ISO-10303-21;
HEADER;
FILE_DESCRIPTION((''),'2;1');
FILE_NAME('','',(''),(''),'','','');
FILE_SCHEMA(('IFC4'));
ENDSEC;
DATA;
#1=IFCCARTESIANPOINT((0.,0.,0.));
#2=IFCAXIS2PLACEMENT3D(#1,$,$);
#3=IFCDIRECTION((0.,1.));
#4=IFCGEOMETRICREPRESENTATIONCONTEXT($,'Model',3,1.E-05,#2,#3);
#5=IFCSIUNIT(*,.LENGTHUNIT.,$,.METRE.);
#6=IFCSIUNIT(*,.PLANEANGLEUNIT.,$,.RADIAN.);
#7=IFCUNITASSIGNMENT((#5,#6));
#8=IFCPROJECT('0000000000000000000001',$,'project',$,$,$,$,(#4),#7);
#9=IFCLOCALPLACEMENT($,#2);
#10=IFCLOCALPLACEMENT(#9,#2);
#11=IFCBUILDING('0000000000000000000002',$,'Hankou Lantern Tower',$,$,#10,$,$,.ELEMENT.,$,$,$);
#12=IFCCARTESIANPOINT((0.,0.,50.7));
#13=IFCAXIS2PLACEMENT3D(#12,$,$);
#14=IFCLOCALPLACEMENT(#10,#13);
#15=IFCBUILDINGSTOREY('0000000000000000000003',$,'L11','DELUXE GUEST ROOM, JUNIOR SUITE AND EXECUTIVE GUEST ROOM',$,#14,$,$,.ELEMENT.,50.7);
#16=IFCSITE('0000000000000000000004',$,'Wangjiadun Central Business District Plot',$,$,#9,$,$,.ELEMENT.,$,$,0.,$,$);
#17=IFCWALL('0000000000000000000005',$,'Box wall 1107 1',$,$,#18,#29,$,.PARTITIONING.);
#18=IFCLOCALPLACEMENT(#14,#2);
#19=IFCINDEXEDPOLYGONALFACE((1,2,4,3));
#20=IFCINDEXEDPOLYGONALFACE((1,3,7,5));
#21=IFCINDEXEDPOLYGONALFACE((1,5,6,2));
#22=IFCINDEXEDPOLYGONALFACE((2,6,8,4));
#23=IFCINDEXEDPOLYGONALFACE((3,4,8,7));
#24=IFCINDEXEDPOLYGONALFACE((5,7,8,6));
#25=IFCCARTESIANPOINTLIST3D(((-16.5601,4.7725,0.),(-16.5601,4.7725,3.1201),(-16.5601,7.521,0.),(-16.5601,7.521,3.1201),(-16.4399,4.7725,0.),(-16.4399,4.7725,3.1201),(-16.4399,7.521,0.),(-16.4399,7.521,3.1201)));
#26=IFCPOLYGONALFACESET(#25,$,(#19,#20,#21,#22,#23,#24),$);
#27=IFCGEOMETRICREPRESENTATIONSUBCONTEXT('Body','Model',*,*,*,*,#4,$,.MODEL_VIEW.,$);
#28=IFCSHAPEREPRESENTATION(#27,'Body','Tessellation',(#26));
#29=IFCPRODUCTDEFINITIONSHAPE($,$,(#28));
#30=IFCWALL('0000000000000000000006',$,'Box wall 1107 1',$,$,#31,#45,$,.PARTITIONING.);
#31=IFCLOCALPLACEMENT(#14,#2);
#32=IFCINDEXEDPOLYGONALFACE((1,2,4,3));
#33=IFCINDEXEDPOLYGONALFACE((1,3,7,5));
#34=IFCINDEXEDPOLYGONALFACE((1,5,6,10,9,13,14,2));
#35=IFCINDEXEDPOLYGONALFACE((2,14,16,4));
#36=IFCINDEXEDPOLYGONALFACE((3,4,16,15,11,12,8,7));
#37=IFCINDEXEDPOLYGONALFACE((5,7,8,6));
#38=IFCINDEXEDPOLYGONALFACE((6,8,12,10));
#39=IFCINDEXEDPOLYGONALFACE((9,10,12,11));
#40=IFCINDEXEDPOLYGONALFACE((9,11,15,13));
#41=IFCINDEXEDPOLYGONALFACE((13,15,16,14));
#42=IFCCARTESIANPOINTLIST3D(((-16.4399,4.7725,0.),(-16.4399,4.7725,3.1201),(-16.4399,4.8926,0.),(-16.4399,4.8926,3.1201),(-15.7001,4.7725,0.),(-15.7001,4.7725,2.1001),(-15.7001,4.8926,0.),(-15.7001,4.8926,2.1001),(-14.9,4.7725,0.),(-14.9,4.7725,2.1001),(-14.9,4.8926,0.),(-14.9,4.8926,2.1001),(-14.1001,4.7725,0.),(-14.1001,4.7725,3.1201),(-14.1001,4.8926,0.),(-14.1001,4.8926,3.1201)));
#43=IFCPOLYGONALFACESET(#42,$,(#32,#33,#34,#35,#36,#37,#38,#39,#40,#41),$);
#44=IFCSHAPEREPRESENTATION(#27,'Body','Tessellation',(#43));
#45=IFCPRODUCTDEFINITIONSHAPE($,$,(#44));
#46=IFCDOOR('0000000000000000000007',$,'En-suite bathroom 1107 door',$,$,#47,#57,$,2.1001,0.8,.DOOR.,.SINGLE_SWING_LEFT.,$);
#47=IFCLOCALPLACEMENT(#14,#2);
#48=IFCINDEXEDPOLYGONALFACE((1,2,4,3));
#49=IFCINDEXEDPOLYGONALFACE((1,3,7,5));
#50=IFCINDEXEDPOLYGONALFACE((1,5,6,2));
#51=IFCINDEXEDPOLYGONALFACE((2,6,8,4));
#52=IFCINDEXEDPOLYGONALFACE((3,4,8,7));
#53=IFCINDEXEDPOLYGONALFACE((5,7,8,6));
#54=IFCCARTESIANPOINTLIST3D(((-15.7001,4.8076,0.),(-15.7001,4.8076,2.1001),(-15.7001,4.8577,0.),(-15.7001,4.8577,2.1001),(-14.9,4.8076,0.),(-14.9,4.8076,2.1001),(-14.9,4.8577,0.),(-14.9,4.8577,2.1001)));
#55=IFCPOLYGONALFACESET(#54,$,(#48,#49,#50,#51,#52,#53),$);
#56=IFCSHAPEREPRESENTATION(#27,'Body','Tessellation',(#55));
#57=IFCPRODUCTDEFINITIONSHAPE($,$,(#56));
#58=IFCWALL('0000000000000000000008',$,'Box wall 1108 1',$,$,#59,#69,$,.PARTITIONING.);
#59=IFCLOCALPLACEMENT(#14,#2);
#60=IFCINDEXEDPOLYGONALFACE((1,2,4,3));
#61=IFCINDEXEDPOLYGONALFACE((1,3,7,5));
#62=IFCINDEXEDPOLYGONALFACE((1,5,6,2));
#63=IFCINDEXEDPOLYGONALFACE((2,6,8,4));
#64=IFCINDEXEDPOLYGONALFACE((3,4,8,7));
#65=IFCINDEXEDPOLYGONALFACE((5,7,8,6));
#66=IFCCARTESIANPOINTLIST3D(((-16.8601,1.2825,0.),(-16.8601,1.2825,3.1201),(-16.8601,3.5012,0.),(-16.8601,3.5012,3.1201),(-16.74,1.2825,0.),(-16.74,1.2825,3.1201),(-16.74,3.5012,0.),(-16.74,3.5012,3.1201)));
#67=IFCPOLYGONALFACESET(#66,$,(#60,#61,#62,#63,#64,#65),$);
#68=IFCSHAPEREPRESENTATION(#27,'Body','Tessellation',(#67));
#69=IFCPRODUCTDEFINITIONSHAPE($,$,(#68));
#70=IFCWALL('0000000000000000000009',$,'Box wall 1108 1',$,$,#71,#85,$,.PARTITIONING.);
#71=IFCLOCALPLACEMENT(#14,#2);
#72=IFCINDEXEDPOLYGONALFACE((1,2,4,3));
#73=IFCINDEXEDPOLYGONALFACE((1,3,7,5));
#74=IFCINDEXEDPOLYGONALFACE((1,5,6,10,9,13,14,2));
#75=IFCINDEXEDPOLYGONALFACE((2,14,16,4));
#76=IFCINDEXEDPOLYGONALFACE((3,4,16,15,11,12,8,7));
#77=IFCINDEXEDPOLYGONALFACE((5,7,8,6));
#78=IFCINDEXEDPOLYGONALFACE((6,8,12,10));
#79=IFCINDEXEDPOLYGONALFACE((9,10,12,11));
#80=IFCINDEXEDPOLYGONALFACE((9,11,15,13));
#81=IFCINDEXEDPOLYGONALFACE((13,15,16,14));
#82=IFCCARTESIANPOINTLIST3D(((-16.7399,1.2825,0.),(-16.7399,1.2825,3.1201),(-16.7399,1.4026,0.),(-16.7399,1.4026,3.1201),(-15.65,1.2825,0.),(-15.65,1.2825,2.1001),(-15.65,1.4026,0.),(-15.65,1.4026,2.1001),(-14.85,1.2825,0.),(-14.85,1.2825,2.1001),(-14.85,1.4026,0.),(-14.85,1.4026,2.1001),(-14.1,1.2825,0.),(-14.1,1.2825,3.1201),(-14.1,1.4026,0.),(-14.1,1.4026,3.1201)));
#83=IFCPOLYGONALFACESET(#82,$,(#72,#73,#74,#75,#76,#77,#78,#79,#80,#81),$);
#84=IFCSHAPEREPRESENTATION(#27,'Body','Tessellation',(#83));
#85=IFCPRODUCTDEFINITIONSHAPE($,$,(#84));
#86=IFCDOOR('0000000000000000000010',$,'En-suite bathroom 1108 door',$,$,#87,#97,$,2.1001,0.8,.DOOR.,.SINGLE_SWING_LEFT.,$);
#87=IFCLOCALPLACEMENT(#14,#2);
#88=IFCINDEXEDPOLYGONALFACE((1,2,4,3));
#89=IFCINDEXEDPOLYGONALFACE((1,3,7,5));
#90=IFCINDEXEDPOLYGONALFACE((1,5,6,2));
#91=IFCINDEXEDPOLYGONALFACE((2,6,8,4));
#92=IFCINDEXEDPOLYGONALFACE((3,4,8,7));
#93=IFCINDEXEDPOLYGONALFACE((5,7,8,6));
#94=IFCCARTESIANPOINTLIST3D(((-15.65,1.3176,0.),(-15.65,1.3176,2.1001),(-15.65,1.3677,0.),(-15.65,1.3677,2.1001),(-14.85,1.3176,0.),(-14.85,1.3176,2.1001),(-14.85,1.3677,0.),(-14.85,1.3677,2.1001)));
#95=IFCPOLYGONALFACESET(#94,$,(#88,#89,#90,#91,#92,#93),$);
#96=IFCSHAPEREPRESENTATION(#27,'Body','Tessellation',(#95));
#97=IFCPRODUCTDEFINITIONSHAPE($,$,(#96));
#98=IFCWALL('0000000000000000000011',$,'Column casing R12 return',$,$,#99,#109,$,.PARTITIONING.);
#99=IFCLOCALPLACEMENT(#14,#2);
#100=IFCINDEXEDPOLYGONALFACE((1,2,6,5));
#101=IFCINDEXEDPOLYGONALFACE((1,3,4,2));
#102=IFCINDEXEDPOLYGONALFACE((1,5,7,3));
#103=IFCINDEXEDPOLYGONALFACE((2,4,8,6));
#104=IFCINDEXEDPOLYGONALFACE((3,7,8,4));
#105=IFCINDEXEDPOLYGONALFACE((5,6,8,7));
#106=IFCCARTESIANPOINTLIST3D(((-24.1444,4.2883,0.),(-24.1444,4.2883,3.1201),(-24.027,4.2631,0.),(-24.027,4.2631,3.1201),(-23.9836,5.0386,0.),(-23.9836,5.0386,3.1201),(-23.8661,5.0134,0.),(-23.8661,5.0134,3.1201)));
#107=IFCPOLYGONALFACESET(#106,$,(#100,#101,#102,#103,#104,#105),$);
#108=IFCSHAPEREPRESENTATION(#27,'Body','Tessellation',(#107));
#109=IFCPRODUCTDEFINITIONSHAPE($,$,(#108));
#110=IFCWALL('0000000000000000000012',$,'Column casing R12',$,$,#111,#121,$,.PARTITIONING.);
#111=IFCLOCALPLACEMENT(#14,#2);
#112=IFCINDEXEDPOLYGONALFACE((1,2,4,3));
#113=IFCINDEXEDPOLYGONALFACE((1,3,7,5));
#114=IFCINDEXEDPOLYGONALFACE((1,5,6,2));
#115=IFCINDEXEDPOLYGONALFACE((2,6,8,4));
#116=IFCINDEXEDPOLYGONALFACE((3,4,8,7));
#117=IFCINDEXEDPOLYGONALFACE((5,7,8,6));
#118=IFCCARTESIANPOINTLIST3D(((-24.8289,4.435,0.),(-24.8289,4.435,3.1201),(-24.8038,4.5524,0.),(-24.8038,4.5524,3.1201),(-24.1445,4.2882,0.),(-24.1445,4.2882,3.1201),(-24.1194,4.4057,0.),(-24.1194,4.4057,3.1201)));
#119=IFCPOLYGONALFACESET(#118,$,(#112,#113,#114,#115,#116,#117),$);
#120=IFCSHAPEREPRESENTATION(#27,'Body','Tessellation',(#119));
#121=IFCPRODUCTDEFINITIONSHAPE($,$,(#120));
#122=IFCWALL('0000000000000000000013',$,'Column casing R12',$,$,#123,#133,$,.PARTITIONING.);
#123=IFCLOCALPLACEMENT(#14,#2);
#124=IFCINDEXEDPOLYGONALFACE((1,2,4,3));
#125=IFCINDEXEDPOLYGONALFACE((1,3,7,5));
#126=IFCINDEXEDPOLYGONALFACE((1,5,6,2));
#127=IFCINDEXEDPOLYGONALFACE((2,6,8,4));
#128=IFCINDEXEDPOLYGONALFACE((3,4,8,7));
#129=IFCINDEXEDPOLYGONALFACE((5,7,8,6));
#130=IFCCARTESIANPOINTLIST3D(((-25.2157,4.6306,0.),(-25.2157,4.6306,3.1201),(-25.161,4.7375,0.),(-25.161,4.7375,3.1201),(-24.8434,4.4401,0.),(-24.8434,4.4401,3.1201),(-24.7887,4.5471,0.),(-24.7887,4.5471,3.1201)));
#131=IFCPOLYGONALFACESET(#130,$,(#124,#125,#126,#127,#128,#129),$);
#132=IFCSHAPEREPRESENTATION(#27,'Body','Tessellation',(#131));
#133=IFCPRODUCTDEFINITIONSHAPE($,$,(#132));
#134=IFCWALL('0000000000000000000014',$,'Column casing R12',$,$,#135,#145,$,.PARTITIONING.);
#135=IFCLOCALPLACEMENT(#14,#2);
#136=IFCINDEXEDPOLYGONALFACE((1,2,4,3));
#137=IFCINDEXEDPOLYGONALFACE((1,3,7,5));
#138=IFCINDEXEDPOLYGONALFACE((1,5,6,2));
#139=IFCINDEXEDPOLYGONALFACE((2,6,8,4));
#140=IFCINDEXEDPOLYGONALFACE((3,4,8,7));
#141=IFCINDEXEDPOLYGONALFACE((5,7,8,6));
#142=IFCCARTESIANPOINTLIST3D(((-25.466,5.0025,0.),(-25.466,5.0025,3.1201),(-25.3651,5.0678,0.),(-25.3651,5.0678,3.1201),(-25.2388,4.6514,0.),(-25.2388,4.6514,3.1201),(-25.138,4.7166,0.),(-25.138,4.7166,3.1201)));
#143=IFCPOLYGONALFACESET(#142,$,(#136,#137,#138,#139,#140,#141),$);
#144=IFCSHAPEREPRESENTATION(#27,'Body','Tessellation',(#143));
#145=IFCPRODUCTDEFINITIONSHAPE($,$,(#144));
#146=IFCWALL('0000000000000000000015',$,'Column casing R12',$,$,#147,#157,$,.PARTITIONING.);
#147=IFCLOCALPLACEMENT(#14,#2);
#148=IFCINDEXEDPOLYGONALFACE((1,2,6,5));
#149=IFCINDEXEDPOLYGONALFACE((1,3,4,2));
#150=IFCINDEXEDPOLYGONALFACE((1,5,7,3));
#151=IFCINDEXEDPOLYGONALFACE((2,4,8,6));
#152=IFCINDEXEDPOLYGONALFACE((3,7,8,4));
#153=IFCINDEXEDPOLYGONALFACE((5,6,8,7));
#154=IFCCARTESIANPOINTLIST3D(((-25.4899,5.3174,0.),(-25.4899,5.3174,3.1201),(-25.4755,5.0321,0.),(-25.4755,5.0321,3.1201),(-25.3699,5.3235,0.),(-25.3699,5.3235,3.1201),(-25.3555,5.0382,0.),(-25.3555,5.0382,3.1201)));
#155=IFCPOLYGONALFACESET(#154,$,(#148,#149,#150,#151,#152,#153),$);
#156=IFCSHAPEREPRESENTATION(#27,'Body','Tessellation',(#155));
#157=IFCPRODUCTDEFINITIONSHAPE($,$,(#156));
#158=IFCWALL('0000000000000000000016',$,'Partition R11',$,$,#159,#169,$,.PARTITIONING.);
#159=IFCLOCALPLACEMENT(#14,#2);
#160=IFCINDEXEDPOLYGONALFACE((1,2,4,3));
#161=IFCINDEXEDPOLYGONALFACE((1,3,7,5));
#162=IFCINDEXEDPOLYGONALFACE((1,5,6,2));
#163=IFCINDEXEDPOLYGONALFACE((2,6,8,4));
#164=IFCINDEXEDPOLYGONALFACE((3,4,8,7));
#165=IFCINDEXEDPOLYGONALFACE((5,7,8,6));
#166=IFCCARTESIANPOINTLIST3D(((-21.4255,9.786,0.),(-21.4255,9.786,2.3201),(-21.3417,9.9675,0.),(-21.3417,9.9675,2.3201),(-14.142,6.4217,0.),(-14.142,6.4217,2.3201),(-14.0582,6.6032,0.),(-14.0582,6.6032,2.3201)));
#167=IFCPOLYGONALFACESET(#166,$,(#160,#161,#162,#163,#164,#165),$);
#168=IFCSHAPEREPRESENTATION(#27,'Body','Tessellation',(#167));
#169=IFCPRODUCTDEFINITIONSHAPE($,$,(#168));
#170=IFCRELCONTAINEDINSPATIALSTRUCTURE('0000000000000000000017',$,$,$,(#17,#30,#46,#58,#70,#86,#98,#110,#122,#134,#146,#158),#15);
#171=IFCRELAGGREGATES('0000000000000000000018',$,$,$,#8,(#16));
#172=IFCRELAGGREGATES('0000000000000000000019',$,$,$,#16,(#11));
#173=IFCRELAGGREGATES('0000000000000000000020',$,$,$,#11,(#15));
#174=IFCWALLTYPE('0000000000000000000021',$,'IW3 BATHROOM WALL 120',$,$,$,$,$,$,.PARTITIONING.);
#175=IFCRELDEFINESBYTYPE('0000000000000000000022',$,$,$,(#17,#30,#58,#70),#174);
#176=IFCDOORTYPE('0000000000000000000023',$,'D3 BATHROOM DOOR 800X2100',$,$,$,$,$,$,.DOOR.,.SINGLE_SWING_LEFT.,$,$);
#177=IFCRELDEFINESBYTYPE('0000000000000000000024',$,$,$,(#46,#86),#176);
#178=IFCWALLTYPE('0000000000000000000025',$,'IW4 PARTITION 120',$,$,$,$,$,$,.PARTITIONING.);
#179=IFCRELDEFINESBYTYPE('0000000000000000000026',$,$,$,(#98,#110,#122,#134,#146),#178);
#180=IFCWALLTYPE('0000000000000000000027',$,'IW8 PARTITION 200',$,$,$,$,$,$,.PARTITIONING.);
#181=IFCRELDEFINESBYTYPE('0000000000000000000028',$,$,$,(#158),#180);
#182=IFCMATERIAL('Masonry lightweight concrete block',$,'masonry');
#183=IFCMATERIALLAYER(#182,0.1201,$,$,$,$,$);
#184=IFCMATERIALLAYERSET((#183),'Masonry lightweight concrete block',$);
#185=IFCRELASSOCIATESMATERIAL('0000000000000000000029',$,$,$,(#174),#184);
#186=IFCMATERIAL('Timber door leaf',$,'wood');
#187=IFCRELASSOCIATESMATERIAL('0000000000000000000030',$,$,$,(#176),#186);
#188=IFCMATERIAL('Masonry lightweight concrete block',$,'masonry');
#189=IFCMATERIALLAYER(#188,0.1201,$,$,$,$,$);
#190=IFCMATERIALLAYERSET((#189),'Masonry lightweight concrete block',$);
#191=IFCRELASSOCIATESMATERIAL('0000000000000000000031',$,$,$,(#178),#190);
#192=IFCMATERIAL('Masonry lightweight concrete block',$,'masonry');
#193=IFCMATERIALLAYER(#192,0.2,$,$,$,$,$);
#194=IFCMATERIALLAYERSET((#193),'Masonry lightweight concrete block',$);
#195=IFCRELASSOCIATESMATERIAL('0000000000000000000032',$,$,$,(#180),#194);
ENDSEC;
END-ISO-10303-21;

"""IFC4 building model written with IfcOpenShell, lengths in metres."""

from ifc_helpers import new_model, si_unit, direction, frame, frame_2d, origin, place, context, subcontext, project, spatial, rectangle, extrude, material, layer, layer_set, type_object, element, fill, save


model = new_model("IFC4")

# Units and contexts
model_context = context("Model", 3, precision=1e-05, world=origin(), true_north=direction((0.0, 1.0)))
body_context = subcontext(model_context, "Body", "Model", "MODEL_VIEW")
ifc_project = project(units=[si_unit("LENGTHUNIT", "METRE"), si_unit("PLANEANGLEUNIT", "RADIAN")], contexts=[model_context])

# Site, building, storey
site_placement = place(None, origin())
site = spatial("IfcSite", under=ifc_project, at=site_placement, Name="Wangjiadun Central Business District Plot", CompositionType="ELEMENT", RefElevation=0.0)
building_placement = place(site_placement, origin())
building = spatial("IfcBuilding", under=site, at=building_placement, Name="Hankou Lantern Tower", CompositionType="ELEMENT")
storey_placement = place(building_placement, frame((0.0, 0.0, 50.7)))
storey = spatial("IfcBuildingStorey", under=building, at=storey_placement, Name="L11", Description="DELUXE GUEST ROOM, JUNIOR SUITE AND EXECUTIVE GUEST ROOM", CompositionType="ELEMENT", Elevation=50.7)

# Wall
ifc_material_1 = material(Name="Masonry lightweight concrete block", Category="masonry")
ifc_layer_1 = layer(ifc_material_1, 0.1201)
ifc_layer_set_1 = layer_set([ifc_layer_1], Name="Masonry lightweight concrete block")
wall_type_1 = type_object("IfcWallType", Name="IW3 BATHROOM WALL 120", PredefinedType="PARTITIONING", material=ifc_layer_set_1)
wall_1_placement = place(storey_placement, frame((-16.5, 7.521, 0.0), z_axis=(0.0, 0.0, 1.0), x_axis=(0.0, -1.0, 0.0)))
element("IfcWall", 1, at=wall_1_placement, inside=storey, type_object=wall_type_1, Name="Box wall 1107 1", PredefinedType="PARTITIONING", context=body_context, shape_type="SweptSolid", body=[
    extrude(rectangle(XDim=2.7485, YDim=0.1201, at=frame_2d((1.3743, 0.0))), origin(), (0.0, 0.0, 1.0), 3.1201),
])

# Wall, opening, door
wall_2_placement = place(storey_placement, frame((-14.1001, 4.8325, 0.0), z_axis=(0.0, 0.0, 1.0), x_axis=(-1.0, 0.0, 0.0)))
wall_2 = element("IfcWall", 2, at=wall_2_placement, inside=storey, type_object=wall_type_1, Name="Box wall 1107 1", PredefinedType="PARTITIONING", context=body_context, shape_type="SweptSolid", body=[
    extrude(rectangle(XDim=2.3398, YDim=0.1201, at=frame_2d((1.1699, 0.0))), origin(), (0.0, 0.0, 1.0), 3.1201),
])
opening_1_placement = place(wall_2_placement, frame((0.8, 0.0, 0.0)))
opening_1 = element("IfcOpeningElement", 3, at=opening_1_placement, cuts=wall_2, PredefinedType="OPENING", context=body_context, shape_type="SweptSolid", body=[
    extrude(rectangle(XDim=0.8, YDim=2.1001, at=frame_2d((0.3999, 1.05))), frame((0.0, 0.0701, 0.0), z_axis=(0.0, -1.0, 0.0), x_axis=(1.0, 0.0, 0.0)), (0.0, 0.0, 1.0), 0.1401),
])
ifc_material_2 = material(Name="Timber door leaf", Category="wood")
door_type_1 = type_object("IfcDoorType", Name="D3 BATHROOM DOOR 800X2100", OperationType="SINGLE_SWING_LEFT", PredefinedType="DOOR", material=ifc_material_2)
door_1_placement = place(opening_1_placement, origin())
door_1 = element("IfcDoor", 4, at=door_1_placement, inside=storey, type_object=door_type_1, Name="En-suite bathroom 1107 door", OperationType="SINGLE_SWING_LEFT", OverallHeight=2.1001, OverallWidth=0.8, PredefinedType="DOOR", context=body_context, shape_type="SweptSolid", body=[
    extrude(rectangle(XDim=0.8, YDim=2.1001, at=frame_2d((0.3999, 1.05))), frame((0.0, 0.0249, 0.0), z_axis=(0.0, -1.0, 0.0), x_axis=(1.0, 0.0, 0.0)), (0.0, 0.0, 1.0), 0.05),
])
fill(opening_1, door_1)

# Wall
wall_3_placement = place(storey_placement, frame((-16.8, 3.5012, 0.0), z_axis=(0.0, 0.0, 1.0), x_axis=(0.0, -1.0, 0.0)))
element("IfcWall", 5, at=wall_3_placement, inside=storey, type_object=wall_type_1, Name="Box wall 1108 1", PredefinedType="PARTITIONING", context=body_context, shape_type="SweptSolid", body=[
    extrude(rectangle(XDim=2.2188, YDim=0.1201, at=frame_2d((1.1094, 0.0))), origin(), (0.0, 0.0, 1.0), 3.1201),
])

# Wall, opening, door
wall_4_placement = place(storey_placement, frame((-14.1001, 1.3425, 0.0), z_axis=(0.0, 0.0, 1.0), x_axis=(-1.0, 0.0, 0.0)))
wall_4 = element("IfcWall", 6, at=wall_4_placement, inside=storey, type_object=wall_type_1, Name="Box wall 1108 1", PredefinedType="PARTITIONING", context=body_context, shape_type="SweptSolid", body=[
    extrude(rectangle(XDim=2.6399, YDim=0.1201, at=frame_2d((1.3198, 0.0))), origin(), (0.0, 0.0, 1.0), 3.1201),
])
opening_2_placement = place(wall_4_placement, frame((0.75, 0.0, 0.0)))
opening_2 = element("IfcOpeningElement", 7, at=opening_2_placement, cuts=wall_4, PredefinedType="OPENING", context=body_context, shape_type="SweptSolid", body=[
    extrude(rectangle(XDim=0.8, YDim=2.1001, at=frame_2d((0.3999, 1.05))), frame((0.0, 0.0701, 0.0), z_axis=(0.0, -1.0, 0.0), x_axis=(1.0, 0.0, 0.0)), (0.0, 0.0, 1.0), 0.1401),
])
door_2_placement = place(opening_2_placement, origin())
door_2 = element("IfcDoor", 8, at=door_2_placement, inside=storey, type_object=door_type_1, Name="En-suite bathroom 1108 door", OperationType="SINGLE_SWING_LEFT", OverallHeight=2.1001, OverallWidth=0.8, PredefinedType="DOOR", context=body_context, shape_type="SweptSolid", body=[
    extrude(rectangle(XDim=0.8, YDim=2.1001, at=frame_2d((0.3999, 1.05))), frame((0.0, 0.0249, 0.0), z_axis=(0.0, -1.0, 0.0), x_axis=(1.0, 0.0, 0.0)), (0.0, 0.0, 1.0), 0.05),
])
fill(opening_2, door_2)

# Walls
ifc_material_3 = material(Name="Masonry lightweight concrete block", Category="masonry")
ifc_layer_2 = layer(ifc_material_3, 0.1201)
ifc_layer_set_2 = layer_set([ifc_layer_2], Name="Masonry lightweight concrete block")
wall_type_2 = type_object("IfcWallType", Name="IW4 PARTITION 120", PredefinedType="PARTITIONING", material=ifc_layer_set_2)
wall_5_placement = place(storey_placement, frame((-23.9248, 5.0261, 0.0), z_axis=(0.0, 0.0, 1.0), x_axis=(-0.209681, -0.97777, 0.0)))
element("IfcWall", 9, at=wall_5_placement, inside=storey, type_object=wall_type_2, Name="Column casing R12 return", PredefinedType="PARTITIONING", context=body_context, shape_type="SweptSolid", body=[
    extrude(rectangle(XDim=0.7673, YDim=0.1201, at=frame_2d((0.3838, 0.0))), origin(), (0.0, 0.0, 1.0), 3.1201),
])
wall_6_placement = place(storey_placement, frame((-24.1318, 4.3469, 0.0), z_axis=(0.0, 0.0, 1.0), x_axis=(-0.977777, 0.209648, 0.0)))
element("IfcWall", 10, at=wall_6_placement, inside=storey, type_object=wall_type_2, Name="Column casing R12", PredefinedType="PARTITIONING", context=body_context, shape_type="SweptSolid", body=[
    extrude(rectangle(XDim=0.7, YDim=0.1201, at=frame_2d((0.3501, 0.0))), origin(), (0.0, 0.0, 1.0), 3.1201),
])
for number, where, z_axis, x_axis, name in (
    (11, (-24.8162, 4.4937, 0.0), (0.0, 0.0, 1.0), (-0.890303, 0.455368, 0.0), "Column casing R12"),
    (12, (-25.1885, 4.6841, 0.0), (0.0, 0.0, 1.0), (-0.543058, 0.839695, 0.0), "Column casing R12"),
):
    element("IfcWall", number, at=place(storey_placement, frame(where, z_axis=z_axis, x_axis=x_axis)), inside=storey, type_object=wall_type_2, Name=name, PredefinedType="PARTITIONING", context=body_context, shape_type="SweptSolid", body=[
        extrude(rectangle(XDim=0.4182, YDim=0.1201, at=frame_2d((0.209, 0.0))), origin(), (0.0, 0.0, 1.0), 3.1201),
    ])
wall_7_placement = place(storey_placement, frame((-25.4155, 5.0352, 0.0), z_axis=(0.0, 0.0, 1.0), x_axis=(-0.050406, 0.998729, 0.0)))
element("IfcWall", 13, at=wall_7_placement, inside=storey, type_object=wall_type_2, Name="Column casing R12", PredefinedType="PARTITIONING", context=body_context, shape_type="SweptSolid", body=[
    extrude(rectangle(XDim=0.2856, YDim=0.1201, at=frame_2d((0.1428, 0.0))), origin(), (0.0, 0.0, 1.0), 3.1201),
])
ifc_material_4 = material(Name="Masonry lightweight concrete block", Category="masonry")
ifc_layer_3 = layer(ifc_material_4, 0.2)
ifc_layer_set_3 = layer_set([ifc_layer_3], Name="Masonry lightweight concrete block")
wall_type_3 = type_object("IfcWallType", Name="IW8 PARTITION 200", PredefinedType="PARTITIONING", material=ifc_layer_set_3)
wall_8_placement = place(storey_placement, frame((-14.1001, 6.5125, 0.0), z_axis=(0.0, 0.0, 1.0), x_axis=(-0.907833, 0.419332, 0.0)))
element("IfcWall", 14, at=wall_8_placement, inside=storey, type_object=wall_type_3, Name="Partition R11", PredefinedType="PARTITIONING", context=body_context, shape_type="SweptSolid", body=[
    extrude(rectangle(XDim=8.0229, YDim=0.2, at=frame_2d((4.0115, 0.0))), origin(), (0.0, 0.0, 1.0), 2.3201),
])

save(model, "model.ifc")
